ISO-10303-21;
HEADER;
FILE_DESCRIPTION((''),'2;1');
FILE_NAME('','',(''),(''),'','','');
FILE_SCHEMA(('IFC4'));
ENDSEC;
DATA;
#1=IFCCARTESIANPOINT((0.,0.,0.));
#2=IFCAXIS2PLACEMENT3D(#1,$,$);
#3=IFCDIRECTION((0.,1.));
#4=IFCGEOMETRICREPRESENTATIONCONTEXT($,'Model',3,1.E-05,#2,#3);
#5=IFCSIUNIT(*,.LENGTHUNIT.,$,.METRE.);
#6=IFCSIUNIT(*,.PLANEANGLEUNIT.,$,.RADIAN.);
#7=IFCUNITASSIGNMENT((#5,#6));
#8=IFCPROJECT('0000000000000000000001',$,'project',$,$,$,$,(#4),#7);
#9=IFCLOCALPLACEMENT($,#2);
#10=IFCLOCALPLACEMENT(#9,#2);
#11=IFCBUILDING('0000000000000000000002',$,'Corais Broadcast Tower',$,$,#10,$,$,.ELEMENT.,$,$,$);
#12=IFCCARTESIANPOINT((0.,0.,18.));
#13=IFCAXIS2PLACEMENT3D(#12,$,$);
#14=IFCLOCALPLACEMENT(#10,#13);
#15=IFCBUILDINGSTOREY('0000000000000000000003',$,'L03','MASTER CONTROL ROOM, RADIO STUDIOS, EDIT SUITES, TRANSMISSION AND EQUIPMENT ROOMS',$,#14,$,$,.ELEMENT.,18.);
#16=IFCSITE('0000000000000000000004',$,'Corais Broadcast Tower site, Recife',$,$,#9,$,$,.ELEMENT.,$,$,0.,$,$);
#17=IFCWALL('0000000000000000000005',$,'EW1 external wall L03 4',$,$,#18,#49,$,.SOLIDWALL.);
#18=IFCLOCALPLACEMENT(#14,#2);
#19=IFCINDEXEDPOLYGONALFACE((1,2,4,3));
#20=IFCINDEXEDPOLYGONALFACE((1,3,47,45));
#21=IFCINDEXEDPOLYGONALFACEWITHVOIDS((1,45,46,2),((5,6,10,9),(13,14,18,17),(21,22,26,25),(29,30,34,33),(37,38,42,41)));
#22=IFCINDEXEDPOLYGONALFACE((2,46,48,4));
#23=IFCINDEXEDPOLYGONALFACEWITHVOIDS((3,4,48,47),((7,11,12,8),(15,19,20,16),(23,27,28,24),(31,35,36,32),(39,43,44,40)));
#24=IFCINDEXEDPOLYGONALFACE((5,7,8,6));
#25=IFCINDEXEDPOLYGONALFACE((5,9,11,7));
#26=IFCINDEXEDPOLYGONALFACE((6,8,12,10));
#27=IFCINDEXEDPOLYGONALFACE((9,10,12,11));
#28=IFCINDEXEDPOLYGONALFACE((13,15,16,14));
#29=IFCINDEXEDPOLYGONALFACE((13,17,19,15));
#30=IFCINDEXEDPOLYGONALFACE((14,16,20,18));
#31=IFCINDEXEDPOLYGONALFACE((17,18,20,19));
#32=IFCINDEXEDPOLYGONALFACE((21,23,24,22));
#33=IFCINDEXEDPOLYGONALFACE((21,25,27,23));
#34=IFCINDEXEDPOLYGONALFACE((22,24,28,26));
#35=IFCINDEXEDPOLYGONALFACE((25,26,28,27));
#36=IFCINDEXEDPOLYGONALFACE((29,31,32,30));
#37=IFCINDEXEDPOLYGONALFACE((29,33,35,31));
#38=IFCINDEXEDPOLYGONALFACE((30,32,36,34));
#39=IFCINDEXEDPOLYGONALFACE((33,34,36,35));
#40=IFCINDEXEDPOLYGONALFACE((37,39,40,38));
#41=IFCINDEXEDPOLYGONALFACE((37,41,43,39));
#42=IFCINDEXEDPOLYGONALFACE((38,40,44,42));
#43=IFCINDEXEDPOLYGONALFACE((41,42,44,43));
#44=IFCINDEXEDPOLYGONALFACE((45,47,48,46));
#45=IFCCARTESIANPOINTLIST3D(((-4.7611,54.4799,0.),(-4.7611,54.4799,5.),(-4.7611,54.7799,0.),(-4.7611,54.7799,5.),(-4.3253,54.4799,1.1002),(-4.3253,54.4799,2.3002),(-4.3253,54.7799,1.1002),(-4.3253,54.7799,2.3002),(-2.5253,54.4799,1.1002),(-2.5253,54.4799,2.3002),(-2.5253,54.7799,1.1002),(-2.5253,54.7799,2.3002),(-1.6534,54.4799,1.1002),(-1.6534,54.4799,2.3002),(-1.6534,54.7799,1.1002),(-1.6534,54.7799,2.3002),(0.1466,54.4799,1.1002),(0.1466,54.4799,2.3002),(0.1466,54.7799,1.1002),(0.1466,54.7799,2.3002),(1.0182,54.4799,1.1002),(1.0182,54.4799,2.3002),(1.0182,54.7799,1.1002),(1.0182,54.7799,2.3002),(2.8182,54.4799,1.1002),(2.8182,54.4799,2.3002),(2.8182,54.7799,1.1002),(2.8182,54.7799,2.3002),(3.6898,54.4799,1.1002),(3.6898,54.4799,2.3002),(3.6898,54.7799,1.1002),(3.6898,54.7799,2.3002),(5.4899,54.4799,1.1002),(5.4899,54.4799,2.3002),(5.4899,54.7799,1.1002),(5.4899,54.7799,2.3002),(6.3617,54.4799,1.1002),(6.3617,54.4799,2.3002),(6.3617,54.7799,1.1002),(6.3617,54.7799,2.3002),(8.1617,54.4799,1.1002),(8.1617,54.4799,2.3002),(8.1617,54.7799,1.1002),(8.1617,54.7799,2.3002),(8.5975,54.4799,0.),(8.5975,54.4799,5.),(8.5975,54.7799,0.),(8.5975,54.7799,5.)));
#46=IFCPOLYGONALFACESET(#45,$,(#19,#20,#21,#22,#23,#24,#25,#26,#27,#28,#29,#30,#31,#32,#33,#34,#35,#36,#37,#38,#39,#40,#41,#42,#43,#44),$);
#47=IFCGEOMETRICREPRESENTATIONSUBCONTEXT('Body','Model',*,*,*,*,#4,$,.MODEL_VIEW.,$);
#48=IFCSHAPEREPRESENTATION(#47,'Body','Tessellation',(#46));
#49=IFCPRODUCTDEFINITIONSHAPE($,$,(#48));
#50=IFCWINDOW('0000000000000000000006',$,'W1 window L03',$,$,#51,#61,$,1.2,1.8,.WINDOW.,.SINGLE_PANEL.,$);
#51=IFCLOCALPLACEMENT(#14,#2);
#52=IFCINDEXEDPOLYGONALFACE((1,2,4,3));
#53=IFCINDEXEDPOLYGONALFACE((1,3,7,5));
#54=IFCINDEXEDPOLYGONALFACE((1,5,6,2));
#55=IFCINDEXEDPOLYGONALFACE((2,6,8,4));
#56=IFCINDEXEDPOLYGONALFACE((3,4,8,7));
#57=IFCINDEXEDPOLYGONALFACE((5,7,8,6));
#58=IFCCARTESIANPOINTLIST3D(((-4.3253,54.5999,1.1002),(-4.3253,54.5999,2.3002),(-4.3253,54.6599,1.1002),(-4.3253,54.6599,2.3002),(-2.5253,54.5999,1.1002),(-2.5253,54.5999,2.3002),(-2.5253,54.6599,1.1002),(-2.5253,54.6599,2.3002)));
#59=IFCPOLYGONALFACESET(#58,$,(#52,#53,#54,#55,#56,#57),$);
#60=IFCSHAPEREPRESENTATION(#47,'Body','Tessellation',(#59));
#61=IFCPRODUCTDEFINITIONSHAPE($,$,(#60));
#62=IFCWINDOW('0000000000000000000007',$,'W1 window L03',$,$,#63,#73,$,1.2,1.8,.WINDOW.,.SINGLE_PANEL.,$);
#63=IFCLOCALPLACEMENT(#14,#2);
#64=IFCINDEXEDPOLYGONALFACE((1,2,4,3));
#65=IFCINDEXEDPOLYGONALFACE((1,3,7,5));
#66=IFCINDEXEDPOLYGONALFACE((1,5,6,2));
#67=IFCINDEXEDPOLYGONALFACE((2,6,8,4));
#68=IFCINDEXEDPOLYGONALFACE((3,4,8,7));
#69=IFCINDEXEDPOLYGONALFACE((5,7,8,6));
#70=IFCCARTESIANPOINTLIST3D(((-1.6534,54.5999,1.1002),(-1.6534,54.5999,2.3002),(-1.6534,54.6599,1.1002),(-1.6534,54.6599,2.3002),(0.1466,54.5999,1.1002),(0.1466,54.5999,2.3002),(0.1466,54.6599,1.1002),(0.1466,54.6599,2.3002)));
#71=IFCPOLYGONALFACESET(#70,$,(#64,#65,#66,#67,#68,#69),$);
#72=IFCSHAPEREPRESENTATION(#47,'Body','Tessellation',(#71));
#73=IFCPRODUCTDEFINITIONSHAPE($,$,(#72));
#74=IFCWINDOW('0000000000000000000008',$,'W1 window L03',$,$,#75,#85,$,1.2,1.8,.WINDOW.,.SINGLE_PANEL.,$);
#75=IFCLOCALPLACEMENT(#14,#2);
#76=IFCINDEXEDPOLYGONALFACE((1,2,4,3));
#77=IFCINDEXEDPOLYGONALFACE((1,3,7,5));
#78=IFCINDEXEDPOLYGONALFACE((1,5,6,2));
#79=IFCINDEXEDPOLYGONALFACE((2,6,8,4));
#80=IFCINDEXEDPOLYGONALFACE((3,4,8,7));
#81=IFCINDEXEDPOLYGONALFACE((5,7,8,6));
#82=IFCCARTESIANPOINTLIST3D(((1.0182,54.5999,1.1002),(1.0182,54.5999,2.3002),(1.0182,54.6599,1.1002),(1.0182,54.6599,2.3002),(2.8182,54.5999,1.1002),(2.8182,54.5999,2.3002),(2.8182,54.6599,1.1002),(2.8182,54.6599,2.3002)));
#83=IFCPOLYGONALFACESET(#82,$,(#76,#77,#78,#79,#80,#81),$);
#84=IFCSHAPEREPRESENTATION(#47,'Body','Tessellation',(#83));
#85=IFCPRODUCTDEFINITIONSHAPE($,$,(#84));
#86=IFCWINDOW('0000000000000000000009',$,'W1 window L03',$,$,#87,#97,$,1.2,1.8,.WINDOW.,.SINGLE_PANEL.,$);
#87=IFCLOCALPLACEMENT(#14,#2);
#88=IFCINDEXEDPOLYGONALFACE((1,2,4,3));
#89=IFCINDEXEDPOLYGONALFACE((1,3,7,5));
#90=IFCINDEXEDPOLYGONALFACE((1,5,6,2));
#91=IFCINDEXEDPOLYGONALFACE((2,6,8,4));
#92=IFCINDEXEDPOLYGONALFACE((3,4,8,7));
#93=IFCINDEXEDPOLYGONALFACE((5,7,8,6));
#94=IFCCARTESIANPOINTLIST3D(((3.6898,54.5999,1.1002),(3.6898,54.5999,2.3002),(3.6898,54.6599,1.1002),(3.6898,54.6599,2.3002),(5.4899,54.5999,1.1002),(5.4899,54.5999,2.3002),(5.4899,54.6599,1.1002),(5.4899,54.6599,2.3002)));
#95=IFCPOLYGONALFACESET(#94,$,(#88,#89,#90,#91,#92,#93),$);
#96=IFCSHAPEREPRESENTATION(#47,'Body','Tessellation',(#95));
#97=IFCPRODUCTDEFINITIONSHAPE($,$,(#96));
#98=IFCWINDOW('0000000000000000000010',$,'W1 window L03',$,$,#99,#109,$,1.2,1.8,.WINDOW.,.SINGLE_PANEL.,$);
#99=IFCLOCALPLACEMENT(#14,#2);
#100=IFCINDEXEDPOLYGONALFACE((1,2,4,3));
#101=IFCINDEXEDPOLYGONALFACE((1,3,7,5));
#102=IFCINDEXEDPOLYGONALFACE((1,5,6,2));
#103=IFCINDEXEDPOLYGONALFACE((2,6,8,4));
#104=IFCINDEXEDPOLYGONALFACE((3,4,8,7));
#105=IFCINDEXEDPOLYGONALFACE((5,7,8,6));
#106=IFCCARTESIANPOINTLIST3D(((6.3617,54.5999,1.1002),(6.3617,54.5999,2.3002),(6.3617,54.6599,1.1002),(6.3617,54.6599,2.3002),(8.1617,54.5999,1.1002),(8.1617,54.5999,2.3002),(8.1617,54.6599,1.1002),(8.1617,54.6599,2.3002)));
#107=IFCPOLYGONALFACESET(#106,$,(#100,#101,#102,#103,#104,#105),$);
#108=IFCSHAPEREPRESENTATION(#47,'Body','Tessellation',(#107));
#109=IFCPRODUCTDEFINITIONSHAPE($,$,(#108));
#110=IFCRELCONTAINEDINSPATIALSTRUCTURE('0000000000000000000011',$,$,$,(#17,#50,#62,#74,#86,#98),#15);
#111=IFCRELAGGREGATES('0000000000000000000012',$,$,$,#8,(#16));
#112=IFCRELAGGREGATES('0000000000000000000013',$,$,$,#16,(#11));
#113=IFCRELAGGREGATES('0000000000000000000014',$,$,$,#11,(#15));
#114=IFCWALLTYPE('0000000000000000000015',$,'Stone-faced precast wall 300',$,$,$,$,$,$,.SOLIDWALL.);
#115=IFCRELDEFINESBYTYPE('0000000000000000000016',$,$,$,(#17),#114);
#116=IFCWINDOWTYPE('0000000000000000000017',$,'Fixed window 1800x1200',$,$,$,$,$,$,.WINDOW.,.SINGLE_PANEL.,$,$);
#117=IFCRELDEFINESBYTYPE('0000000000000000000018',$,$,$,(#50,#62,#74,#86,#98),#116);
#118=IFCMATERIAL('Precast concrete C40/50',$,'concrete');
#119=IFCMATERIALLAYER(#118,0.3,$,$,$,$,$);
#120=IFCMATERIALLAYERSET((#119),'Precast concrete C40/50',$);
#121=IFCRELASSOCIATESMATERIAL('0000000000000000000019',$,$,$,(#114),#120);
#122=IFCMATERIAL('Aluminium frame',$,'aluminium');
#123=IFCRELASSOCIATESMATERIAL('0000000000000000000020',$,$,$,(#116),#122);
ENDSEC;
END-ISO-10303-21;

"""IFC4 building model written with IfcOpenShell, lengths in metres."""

from ifc_helpers import new_model, si_unit, direction, frame, frame_2d, origin, place, context, subcontext, project, spatial, rectangle, extrude, material, layer, layer_set, type_object, element, fill, save


model = new_model("IFC4")

# Units and contexts
model_context = context("Model", 3, precision=1e-05, world=origin(), true_north=direction((0.0, 1.0)))
body_context = subcontext(model_context, "Body", "Model", "MODEL_VIEW")
ifc_project = project(units=[si_unit("LENGTHUNIT", "METRE"), si_unit("PLANEANGLEUNIT", "RADIAN")], contexts=[model_context])

# Site, building, storey
site_placement = place(None, origin())
site = spatial("IfcSite", under=ifc_project, at=site_placement, Name="Corais Broadcast Tower site, Recife", CompositionType="ELEMENT", RefElevation=0.0)
building_placement = place(site_placement, origin())
building = spatial("IfcBuilding", under=site, at=building_placement, Name="Corais Broadcast Tower", CompositionType="ELEMENT")
storey_placement = place(building_placement, frame((0.0, 0.0, 18.0)))
storey = spatial("IfcBuildingStorey", under=building, at=storey_placement, Name="L03", Description="MASTER CONTROL ROOM, RADIO STUDIOS, EDIT SUITES, TRANSMISSION AND EQUIPMENT ROOMS", CompositionType="ELEMENT", Elevation=18.0)

# Shared definitions
ifc_material_1 = material(Name="Precast concrete C40/50", Category="concrete")
ifc_layer_1 = layer(ifc_material_1, 0.3)
ifc_layer_set_1 = layer_set([ifc_layer_1], Name="Precast concrete C40/50")
wall_type_1 = type_object("IfcWallType", Name="Stone-faced precast wall 300", PredefinedType="SOLIDWALL", material=ifc_layer_set_1)
ifc_material_2 = material(Name="Aluminium frame", Category="aluminium")
window_type = type_object("IfcWindowType", Name="Fixed window 1800x1200", PartitioningType="SINGLE_PANEL", PredefinedType="WINDOW", material=ifc_material_2)

# Wall, openings, windows
wall_1_placement = place(storey_placement, frame((-4.761, 54.6299, 0.0), z_axis=(0.0, 0.0, 1.0), x_axis=(1.0, 0.0, 0.0)))
wall_1 = element("IfcWall", 1, at=wall_1_placement, inside=storey, type_object=wall_type_1, Name="EW1 external wall L03 4", PredefinedType="SOLIDWALL", context=body_context, shape_type="SweptSolid", body=[
    extrude(rectangle(XDim=13.3586, YDim=0.3, at=frame_2d((6.6792, 0.0))), origin(), (0.0, 0.0, 1.0), 5.0),
])
opening_1_placement = place(wall_1_placement, frame((0.4358, 0.0, 1.1001)))
opening_1 = element("IfcOpeningElement", 2, at=opening_1_placement, cuts=wall_1, PredefinedType="OPENING", context=body_context, shape_type="SweptSolid", body=[
    extrude(rectangle(XDim=1.8, YDim=1.2, at=frame_2d((0.8999, 0.6001))), frame((0.0, 0.1599, 0.0), z_axis=(0.0, -1.0, 0.0), x_axis=(1.0, 0.0, 0.0)), (0.0, 0.0, 1.0), 0.3201),
])
opening_2_placement = place(wall_1_placement, frame((3.1077, 0.0, 1.1001)))
opening_2 = element("IfcOpeningElement", 3, at=opening_2_placement, cuts=wall_1, PredefinedType="OPENING", context=body_context, shape_type="SweptSolid", body=[
    extrude(rectangle(XDim=1.8, YDim=1.2, at=frame_2d((0.8999, 0.6001))), frame((0.0, 0.1599, 0.0), z_axis=(0.0, -1.0, 0.0), x_axis=(1.0, 0.0, 0.0)), (0.0, 0.0, 1.0), 0.3201),
])
opening_3_placement = place(wall_1_placement, frame((5.7793, 0.0, 1.1001)))
opening_3 = element("IfcOpeningElement", 4, at=opening_3_placement, cuts=wall_1, PredefinedType="OPENING", context=body_context, shape_type="SweptSolid", body=[
    extrude(rectangle(XDim=1.8, YDim=1.2, at=frame_2d((0.8999, 0.6001))), frame((0.0, 0.1599, 0.0), z_axis=(0.0, -1.0, 0.0), x_axis=(1.0, 0.0, 0.0)), (0.0, 0.0, 1.0), 0.3201),
])
opening_4_placement = place(wall_1_placement, frame((8.4509, 0.0, 1.1001)))
opening_4 = element("IfcOpeningElement", 5, at=opening_4_placement, cuts=wall_1, PredefinedType="OPENING", context=body_context, shape_type="SweptSolid", body=[
    extrude(rectangle(XDim=1.8, YDim=1.2, at=frame_2d((0.8999, 0.6001))), frame((0.0, 0.1599, 0.0), z_axis=(0.0, -1.0, 0.0), x_axis=(1.0, 0.0, 0.0)), (0.0, 0.0, 1.0), 0.3201),
])
opening_5_placement = place(wall_1_placement, frame((11.1228, 0.0, 1.1001)))
opening_5 = element("IfcOpeningElement", 6, at=opening_5_placement, cuts=wall_1, PredefinedType="OPENING", context=body_context, shape_type="SweptSolid", body=[
    extrude(rectangle(XDim=1.8, YDim=1.2, at=frame_2d((0.8999, 0.6001))), frame((0.0, 0.1599, 0.0), z_axis=(0.0, -1.0, 0.0), x_axis=(1.0, 0.0, 0.0)), (0.0, 0.0, 1.0), 0.3201),
])
window_1_placement = place(opening_1_placement, origin())
window_1 = element("IfcWindow", 7, at=window_1_placement, inside=storey, type_object=window_type, Name="W1 window L03", OverallHeight=1.2, OverallWidth=1.8, PartitioningType="SINGLE_PANEL", PredefinedType="WINDOW", context=body_context, shape_type="SweptSolid", body=[
    extrude(rectangle(XDim=1.8, YDim=1.2, at=frame_2d((0.8999, 0.6001))), frame((0.0, 0.03, 0.0), z_axis=(0.0, -1.0, 0.0), x_axis=(1.0, 0.0, 0.0)), (0.0, 0.0, 1.0), 0.0601),
])
fill(opening_1, window_1)
window_2_placement = place(opening_2_placement, origin())
window_2 = element("IfcWindow", 8, at=window_2_placement, inside=storey, type_object=window_type, Name="W1 window L03", OverallHeight=1.2, OverallWidth=1.8, PartitioningType="SINGLE_PANEL", PredefinedType="WINDOW", context=body_context, shape_type="SweptSolid", body=[
    extrude(rectangle(XDim=1.8, YDim=1.2, at=frame_2d((0.8999, 0.6001))), frame((0.0, 0.03, 0.0), z_axis=(0.0, -1.0, 0.0), x_axis=(1.0, 0.0, 0.0)), (0.0, 0.0, 1.0), 0.0601),
])
fill(opening_2, window_2)
window_3_placement = place(opening_3_placement, origin())
window_3 = element("IfcWindow", 9, at=window_3_placement, inside=storey, type_object=window_type, Name="W1 window L03", OverallHeight=1.2, OverallWidth=1.8, PartitioningType="SINGLE_PANEL", PredefinedType="WINDOW", context=body_context, shape_type="SweptSolid", body=[
    extrude(rectangle(XDim=1.8, YDim=1.2, at=frame_2d((0.8999, 0.6001))), frame((0.0, 0.03, 0.0), z_axis=(0.0, -1.0, 0.0), x_axis=(1.0, 0.0, 0.0)), (0.0, 0.0, 1.0), 0.0601),
])
fill(opening_3, window_3)
window_4_placement = place(opening_4_placement, origin())
window_4 = element("IfcWindow", 10, at=window_4_placement, inside=storey, type_object=window_type, Name="W1 window L03", OverallHeight=1.2, OverallWidth=1.8, PartitioningType="SINGLE_PANEL", PredefinedType="WINDOW", context=body_context, shape_type="SweptSolid", body=[
    extrude(rectangle(XDim=1.8, YDim=1.2, at=frame_2d((0.8999, 0.6001))), frame((0.0, 0.03, 0.0), z_axis=(0.0, -1.0, 0.0), x_axis=(1.0, 0.0, 0.0)), (0.0, 0.0, 1.0), 0.0601),
])
fill(opening_4, window_4)
window_5_placement = place(opening_5_placement, origin())
window_5 = element("IfcWindow", 11, at=window_5_placement, inside=storey, type_object=window_type, Name="W1 window L03", OverallHeight=1.2, OverallWidth=1.8, PartitioningType="SINGLE_PANEL", PredefinedType="WINDOW", context=body_context, shape_type="SweptSolid", body=[
    extrude(rectangle(XDim=1.8, YDim=1.2, at=frame_2d((0.8999, 0.6001))), frame((0.0, 0.03, 0.0), z_axis=(0.0, -1.0, 0.0), x_axis=(1.0, 0.0, 0.0)), (0.0, 0.0, 1.0), 0.0601),
])
fill(opening_5, window_5)

save(model, "model.ifc")
